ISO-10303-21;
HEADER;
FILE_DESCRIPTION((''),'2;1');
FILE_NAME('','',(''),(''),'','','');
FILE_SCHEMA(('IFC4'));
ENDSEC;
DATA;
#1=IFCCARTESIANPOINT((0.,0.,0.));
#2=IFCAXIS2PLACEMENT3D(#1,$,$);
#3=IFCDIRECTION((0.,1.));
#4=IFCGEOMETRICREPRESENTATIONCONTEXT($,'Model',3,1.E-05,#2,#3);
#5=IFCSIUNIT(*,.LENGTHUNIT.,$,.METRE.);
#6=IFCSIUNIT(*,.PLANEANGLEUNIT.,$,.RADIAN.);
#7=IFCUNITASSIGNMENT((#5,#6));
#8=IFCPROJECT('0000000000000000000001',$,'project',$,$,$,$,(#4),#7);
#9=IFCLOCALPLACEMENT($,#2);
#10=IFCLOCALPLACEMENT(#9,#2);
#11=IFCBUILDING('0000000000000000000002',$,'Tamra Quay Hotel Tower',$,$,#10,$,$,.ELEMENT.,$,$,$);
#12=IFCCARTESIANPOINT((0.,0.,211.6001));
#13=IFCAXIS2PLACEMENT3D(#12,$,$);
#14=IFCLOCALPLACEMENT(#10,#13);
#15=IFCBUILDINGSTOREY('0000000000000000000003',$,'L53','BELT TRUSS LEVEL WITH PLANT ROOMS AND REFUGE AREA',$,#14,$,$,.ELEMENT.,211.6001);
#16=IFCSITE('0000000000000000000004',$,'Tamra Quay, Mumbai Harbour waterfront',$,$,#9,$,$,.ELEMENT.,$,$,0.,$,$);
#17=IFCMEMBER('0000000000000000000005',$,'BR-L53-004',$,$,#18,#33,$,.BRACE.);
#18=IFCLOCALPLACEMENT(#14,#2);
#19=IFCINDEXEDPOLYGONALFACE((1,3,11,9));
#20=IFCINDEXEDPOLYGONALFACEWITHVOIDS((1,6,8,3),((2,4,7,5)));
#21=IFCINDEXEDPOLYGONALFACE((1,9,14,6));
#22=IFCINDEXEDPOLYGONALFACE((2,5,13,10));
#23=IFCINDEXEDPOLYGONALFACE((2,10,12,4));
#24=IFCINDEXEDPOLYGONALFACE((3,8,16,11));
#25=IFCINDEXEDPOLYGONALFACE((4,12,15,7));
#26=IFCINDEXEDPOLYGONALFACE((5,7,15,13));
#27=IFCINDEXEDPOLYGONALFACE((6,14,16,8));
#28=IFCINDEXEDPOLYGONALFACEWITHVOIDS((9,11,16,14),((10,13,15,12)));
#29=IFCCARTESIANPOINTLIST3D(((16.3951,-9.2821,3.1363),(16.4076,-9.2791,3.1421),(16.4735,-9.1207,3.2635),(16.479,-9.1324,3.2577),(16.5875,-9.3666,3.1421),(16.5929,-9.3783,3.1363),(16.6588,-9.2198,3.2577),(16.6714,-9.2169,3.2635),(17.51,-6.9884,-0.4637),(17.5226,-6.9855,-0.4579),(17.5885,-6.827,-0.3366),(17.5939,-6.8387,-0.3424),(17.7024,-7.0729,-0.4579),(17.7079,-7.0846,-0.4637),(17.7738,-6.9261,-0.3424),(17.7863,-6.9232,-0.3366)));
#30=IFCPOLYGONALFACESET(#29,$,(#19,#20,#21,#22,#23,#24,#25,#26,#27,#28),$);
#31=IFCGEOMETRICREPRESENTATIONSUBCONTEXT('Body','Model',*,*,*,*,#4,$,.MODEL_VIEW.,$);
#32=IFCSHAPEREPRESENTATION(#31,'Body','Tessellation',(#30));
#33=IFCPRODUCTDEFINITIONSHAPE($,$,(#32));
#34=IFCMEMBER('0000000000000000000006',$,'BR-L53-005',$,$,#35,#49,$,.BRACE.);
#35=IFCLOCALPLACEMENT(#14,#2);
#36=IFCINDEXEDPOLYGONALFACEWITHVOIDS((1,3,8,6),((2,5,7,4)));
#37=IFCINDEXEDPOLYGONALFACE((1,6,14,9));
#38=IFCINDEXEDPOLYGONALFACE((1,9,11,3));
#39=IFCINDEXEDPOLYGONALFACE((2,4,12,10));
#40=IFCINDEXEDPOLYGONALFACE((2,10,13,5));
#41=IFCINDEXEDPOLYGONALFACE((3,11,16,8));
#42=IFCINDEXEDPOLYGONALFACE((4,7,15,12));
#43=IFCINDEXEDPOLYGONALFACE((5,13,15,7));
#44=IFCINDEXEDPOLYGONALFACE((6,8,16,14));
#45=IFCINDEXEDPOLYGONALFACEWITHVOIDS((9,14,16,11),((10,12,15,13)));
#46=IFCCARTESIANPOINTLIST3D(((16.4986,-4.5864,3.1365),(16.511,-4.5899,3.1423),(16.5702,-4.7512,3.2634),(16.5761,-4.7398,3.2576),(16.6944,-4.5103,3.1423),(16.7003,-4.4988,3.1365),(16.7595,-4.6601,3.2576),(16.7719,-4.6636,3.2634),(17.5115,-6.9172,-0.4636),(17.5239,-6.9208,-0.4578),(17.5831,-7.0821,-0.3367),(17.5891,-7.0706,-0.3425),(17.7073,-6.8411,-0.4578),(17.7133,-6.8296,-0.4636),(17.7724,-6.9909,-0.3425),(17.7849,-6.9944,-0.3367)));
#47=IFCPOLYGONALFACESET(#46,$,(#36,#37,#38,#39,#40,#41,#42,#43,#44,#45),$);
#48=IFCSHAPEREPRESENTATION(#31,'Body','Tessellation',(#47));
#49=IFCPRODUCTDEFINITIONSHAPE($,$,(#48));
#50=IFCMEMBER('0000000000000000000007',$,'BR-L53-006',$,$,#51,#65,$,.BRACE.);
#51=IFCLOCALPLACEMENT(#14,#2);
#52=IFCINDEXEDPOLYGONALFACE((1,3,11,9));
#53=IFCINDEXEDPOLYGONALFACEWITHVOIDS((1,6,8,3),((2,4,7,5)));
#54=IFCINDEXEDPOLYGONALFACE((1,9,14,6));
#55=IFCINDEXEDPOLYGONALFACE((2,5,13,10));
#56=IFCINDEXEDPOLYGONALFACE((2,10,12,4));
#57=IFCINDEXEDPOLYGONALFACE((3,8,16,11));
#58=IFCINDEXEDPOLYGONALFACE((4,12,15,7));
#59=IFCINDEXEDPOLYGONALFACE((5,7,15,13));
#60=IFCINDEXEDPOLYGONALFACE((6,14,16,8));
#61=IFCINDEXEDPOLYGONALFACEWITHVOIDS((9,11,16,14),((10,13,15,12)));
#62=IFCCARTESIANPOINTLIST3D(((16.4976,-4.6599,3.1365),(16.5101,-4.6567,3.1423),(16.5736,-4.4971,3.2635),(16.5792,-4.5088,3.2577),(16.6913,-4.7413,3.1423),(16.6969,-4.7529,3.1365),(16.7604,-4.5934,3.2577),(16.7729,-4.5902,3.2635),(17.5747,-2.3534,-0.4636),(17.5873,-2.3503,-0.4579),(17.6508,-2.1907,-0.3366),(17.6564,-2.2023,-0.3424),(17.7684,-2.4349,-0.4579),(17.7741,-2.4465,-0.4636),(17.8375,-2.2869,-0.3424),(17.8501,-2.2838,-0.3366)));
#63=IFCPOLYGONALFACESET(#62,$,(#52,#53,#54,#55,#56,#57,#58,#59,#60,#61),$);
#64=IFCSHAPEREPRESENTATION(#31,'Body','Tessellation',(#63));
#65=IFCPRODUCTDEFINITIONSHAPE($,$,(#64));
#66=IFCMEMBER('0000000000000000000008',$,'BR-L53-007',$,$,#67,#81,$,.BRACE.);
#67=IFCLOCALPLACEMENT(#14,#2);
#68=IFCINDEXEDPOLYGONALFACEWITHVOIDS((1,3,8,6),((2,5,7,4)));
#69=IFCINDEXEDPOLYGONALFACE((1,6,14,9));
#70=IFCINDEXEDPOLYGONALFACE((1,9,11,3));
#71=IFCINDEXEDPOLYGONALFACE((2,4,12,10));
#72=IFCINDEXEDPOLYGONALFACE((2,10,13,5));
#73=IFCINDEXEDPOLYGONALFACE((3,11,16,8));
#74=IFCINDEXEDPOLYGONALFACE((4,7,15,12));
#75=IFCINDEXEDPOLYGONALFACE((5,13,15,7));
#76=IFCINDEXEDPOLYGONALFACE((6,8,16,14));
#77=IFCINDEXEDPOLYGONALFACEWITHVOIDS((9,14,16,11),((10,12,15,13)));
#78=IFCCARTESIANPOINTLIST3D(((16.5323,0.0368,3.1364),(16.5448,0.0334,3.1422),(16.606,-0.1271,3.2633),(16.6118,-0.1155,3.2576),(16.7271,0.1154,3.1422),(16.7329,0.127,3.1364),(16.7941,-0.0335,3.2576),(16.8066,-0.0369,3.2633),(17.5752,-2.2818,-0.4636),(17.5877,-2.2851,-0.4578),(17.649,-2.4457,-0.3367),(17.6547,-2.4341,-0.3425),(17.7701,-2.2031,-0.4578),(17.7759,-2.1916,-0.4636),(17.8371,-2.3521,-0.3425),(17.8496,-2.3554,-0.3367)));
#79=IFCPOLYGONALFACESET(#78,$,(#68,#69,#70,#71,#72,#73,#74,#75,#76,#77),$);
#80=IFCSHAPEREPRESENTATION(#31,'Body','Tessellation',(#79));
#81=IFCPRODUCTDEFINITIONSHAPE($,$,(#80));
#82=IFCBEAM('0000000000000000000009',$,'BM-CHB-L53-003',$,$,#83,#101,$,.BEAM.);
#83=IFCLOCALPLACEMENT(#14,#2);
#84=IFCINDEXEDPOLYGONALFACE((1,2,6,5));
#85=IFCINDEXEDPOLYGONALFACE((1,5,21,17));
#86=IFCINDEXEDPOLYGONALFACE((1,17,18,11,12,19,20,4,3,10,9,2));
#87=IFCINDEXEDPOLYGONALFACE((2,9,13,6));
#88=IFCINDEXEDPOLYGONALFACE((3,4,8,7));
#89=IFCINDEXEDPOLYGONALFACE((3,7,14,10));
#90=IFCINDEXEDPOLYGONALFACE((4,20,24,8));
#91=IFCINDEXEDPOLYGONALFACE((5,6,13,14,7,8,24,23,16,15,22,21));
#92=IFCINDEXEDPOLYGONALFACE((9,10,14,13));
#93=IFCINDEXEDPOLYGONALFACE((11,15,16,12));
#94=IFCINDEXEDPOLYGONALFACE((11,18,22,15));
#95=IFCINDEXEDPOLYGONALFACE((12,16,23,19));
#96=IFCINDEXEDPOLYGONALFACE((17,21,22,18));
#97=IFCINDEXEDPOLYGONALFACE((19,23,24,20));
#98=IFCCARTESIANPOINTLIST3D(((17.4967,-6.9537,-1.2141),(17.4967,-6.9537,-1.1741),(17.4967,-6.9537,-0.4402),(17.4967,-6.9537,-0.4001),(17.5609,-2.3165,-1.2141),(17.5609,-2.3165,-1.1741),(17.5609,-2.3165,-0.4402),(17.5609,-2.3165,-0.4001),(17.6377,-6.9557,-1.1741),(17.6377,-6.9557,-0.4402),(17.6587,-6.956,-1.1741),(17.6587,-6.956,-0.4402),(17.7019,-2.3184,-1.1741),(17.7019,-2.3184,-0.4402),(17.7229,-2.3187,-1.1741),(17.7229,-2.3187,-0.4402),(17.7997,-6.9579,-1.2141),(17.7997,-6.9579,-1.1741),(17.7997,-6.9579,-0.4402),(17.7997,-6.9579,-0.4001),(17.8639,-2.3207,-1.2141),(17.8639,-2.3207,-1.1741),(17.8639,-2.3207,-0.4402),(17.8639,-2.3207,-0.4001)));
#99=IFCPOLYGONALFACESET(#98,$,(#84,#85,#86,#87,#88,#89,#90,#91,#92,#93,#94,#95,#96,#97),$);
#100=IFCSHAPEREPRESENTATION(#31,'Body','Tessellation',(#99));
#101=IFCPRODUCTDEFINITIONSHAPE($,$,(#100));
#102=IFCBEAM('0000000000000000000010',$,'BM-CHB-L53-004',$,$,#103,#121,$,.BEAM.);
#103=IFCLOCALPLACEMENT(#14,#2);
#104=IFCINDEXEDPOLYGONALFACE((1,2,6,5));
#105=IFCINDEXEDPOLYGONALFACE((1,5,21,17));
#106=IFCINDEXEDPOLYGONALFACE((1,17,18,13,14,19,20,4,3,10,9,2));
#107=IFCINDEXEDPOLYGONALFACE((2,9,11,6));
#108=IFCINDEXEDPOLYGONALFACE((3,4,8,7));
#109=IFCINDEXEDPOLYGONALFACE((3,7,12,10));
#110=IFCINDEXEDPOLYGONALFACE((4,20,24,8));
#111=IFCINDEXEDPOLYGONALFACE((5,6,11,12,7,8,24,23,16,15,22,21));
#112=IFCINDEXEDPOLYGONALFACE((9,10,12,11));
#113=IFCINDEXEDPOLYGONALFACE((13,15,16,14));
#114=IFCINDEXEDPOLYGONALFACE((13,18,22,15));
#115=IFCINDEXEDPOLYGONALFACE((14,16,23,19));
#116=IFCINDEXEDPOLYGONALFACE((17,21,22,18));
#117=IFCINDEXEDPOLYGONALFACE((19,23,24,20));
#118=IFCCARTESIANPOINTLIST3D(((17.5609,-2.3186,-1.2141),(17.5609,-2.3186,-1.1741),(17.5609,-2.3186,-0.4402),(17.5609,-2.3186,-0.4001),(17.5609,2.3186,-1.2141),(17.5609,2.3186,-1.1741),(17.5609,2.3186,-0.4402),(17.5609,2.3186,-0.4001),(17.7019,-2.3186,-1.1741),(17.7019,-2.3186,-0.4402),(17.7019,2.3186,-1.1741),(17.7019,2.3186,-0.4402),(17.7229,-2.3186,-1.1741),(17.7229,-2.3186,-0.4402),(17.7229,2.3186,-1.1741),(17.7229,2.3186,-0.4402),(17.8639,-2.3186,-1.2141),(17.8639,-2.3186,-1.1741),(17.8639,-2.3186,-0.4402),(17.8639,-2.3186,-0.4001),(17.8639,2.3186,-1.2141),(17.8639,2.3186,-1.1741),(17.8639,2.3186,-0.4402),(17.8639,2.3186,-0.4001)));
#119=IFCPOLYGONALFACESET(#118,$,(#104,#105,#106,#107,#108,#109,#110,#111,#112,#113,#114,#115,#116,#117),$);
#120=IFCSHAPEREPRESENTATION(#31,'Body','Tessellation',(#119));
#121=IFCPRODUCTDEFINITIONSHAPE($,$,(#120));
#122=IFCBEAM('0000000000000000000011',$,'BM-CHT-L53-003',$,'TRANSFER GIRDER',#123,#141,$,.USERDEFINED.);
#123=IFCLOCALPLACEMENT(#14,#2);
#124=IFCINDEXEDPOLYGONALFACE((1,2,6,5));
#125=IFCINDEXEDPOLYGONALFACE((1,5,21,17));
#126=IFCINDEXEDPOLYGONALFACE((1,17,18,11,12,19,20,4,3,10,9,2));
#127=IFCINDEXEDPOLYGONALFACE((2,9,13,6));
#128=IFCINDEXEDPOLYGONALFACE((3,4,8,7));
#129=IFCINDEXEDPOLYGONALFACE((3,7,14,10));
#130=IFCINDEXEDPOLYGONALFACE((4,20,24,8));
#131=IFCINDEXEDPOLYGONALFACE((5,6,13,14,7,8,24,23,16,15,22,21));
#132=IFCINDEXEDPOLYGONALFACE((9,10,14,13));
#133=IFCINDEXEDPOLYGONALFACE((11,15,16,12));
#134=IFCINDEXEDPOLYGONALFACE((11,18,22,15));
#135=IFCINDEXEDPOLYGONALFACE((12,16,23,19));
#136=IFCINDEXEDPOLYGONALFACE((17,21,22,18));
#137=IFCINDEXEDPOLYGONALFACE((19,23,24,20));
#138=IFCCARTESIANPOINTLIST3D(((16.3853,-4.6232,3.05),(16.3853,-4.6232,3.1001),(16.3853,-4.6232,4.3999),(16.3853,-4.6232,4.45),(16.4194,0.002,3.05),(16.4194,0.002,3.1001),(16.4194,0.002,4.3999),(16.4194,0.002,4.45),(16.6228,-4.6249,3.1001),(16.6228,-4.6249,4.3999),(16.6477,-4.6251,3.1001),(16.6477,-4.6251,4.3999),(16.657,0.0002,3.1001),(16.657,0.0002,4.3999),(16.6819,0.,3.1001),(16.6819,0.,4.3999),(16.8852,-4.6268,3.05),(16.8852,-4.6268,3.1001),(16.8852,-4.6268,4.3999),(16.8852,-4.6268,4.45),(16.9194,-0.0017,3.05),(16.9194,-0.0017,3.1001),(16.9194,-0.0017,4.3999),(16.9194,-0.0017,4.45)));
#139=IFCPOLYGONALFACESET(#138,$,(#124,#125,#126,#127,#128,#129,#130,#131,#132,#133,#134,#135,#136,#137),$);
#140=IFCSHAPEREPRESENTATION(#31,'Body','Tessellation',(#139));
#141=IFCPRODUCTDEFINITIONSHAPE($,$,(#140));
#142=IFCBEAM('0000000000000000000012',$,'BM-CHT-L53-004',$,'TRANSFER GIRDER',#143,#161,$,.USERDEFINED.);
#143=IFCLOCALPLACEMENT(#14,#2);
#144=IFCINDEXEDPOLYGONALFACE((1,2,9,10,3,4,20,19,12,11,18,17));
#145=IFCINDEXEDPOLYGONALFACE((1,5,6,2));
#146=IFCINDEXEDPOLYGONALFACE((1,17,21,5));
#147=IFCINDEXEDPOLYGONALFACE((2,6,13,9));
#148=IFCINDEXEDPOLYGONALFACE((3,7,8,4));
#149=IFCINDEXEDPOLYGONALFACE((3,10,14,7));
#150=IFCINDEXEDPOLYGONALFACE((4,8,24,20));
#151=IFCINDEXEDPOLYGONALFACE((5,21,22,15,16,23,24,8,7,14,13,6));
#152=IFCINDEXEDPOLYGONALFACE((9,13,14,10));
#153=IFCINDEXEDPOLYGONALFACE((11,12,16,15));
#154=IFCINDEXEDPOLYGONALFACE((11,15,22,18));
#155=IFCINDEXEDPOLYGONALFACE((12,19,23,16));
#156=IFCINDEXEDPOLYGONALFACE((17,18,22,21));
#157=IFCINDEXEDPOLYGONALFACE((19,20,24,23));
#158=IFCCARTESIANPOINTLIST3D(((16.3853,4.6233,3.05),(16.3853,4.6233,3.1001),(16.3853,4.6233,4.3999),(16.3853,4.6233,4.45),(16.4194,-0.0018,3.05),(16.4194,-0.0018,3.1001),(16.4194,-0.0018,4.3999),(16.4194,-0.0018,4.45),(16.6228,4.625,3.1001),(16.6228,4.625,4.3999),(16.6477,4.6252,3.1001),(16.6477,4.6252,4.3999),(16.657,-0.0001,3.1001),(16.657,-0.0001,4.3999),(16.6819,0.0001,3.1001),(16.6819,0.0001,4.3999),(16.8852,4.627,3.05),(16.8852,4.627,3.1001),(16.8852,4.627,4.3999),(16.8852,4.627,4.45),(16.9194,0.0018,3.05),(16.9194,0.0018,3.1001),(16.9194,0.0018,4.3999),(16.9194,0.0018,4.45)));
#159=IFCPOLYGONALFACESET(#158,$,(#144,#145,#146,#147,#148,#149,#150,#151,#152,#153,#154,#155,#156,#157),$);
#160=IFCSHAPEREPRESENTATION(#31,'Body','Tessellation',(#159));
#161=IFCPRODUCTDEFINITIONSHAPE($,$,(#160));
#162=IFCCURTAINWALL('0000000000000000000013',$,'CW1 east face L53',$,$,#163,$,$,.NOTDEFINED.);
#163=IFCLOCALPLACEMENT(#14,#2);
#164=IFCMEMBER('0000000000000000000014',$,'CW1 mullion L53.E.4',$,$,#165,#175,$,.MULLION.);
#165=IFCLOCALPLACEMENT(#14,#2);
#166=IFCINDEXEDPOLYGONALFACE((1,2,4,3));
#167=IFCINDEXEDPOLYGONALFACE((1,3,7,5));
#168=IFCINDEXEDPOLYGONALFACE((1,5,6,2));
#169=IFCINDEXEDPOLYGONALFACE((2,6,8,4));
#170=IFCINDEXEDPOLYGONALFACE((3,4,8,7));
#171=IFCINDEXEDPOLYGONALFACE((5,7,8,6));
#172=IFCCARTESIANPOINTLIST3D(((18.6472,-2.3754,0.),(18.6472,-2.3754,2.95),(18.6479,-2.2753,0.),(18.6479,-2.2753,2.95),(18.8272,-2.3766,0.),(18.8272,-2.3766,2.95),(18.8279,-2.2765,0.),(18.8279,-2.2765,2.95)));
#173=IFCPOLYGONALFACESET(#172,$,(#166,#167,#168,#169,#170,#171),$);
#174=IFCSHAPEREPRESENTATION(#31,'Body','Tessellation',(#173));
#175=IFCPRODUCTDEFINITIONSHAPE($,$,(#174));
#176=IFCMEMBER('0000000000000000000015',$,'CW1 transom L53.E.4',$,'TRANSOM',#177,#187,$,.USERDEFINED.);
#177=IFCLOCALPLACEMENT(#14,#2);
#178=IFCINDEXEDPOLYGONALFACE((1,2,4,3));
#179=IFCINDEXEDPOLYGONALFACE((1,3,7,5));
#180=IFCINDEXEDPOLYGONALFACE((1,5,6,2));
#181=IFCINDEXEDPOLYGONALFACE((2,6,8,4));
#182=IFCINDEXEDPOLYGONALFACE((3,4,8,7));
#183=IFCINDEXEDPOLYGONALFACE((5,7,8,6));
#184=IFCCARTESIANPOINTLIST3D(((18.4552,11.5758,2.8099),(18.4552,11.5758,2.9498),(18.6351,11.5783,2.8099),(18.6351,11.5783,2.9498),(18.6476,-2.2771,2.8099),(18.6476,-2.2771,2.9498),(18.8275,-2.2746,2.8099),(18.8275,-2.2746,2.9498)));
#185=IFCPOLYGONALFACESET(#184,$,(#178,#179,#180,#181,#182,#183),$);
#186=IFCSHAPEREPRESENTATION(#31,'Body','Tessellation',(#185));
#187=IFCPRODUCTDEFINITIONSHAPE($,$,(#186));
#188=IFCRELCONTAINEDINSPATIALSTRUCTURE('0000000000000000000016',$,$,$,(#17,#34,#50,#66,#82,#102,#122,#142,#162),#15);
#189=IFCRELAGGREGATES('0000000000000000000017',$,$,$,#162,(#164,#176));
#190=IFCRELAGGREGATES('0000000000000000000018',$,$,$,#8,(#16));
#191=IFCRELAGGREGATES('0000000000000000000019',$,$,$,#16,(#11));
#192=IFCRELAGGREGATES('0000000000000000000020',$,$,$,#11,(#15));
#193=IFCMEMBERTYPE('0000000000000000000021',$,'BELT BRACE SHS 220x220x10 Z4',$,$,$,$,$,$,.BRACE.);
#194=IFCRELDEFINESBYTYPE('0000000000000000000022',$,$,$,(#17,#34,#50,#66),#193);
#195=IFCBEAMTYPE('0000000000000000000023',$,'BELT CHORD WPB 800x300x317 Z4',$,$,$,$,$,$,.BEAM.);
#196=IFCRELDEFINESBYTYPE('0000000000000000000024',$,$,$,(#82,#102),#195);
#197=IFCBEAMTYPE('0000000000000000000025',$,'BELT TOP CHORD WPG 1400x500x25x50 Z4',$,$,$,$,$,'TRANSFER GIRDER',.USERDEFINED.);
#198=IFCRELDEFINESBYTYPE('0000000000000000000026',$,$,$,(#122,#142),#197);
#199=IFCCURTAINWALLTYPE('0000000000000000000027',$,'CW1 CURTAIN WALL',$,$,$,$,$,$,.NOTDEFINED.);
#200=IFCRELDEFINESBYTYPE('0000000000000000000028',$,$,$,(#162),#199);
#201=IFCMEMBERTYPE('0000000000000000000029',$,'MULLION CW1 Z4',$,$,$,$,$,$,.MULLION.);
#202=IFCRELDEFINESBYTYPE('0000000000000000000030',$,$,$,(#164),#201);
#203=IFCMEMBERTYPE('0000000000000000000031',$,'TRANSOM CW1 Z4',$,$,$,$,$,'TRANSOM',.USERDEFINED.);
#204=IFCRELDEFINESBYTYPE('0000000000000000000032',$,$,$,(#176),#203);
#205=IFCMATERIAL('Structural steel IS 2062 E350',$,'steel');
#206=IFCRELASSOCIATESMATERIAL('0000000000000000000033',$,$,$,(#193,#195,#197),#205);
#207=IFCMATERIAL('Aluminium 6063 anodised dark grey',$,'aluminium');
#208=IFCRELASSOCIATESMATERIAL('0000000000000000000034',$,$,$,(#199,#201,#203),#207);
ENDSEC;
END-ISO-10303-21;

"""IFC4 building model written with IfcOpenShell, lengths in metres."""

from ifc_helpers import new_model, si_unit, direction, frame, origin, origin_2d, place, context, subcontext, project, spatial, rectangle, hollow_rectangle, i_section, extrude, material, material_profile, profile_set, type_object, element, aggregate, save


model = new_model("IFC4")

# Units and contexts
model_context = context("Model", 3, precision=1e-05, world=origin(), true_north=direction((0.0, 1.0)))
body_context = subcontext(model_context, "Body", "Model", "MODEL_VIEW")
ifc_project = project(units=[si_unit("LENGTHUNIT", "METRE"), si_unit("PLANEANGLEUNIT", "RADIAN")], contexts=[model_context])

# Site, building, storey
site_placement = place(None, origin())
site = spatial("IfcSite", under=ifc_project, at=site_placement, Name="Tamra Quay, Mumbai Harbour waterfront", CompositionType="ELEMENT", RefElevation=0.0)
building_placement = place(site_placement, origin())
building = spatial("IfcBuilding", under=site, at=building_placement, Name="Tamra Quay Hotel Tower", CompositionType="ELEMENT")
storey_placement = place(building_placement, frame((0.0, 0.0, 211.6001)))
storey = spatial("IfcBuildingStorey", under=building, at=storey_placement, Name="L53", Description="BELT TRUSS LEVEL WITH PLANT ROOMS AND REFUGE AREA", CompositionType="ELEMENT", Elevation=211.6001)

# Members
ifc_material_1 = material(Name="Structural steel IS 2062 E350", Category="steel")
ifc_material_profile_1 = material_profile(ifc_material_1, hollow_rectangle(XDim=0.22, YDim=0.22, WallThickness=0.01, at=origin_2d()), Name="SHS 220x220x10")
ifc_profile_set_1 = profile_set([ifc_material_profile_1], Name="Structural steel IS 2062 E350")
member_type_1 = type_object("IfcMemberType", Name="BELT BRACE SHS 220x220x10 Z4", PredefinedType="BRACE", material=ifc_profile_set_1)
member_1_placement = place(storey_placement, frame((17.6482, -6.9558, -0.4001), z_axis=(-0.252723, -0.519888, 0.815995), x_axis=(0.899368, -0.437192, 0.0)))
element("IfcMember", 1, at=member_1_placement, inside=storey, type_object=member_type_1, Name="BR-L53-004", PredefinedType="BRACE", context=body_context, shape_type="SweptSolid", body=[
    extrude(hollow_rectangle(XDim=0.22, YDim=0.22, WallThickness=0.01, at=origin_2d()), origin(), (0.0, 0.0, 1.0), 4.4119),
])
member_2_placement = place(storey_placement, frame((17.6482, -6.9558, -0.4001), z_axis=(-0.229861, 0.528919, 0.816951), x_axis=(-0.917136, -0.398575, 0.0)))
element("IfcMember", 2, at=member_2_placement, inside=storey, type_object=member_type_1, Name="BR-L53-005", PredefinedType="BRACE", context=body_context, shape_type="SweptSolid", body=[
    extrude(hollow_rectangle(XDim=0.22, YDim=0.22, WallThickness=0.01, at=origin_2d()), origin(), (0.0, 0.0, 1.0), 4.4067),
])
member_3_placement = place(storey_placement, frame((17.7124, -2.3186, -0.4001), z_axis=(-0.2443, -0.523096, 0.81651), x_axis=(0.906058, -0.423153, 0.0)))
element("IfcMember", 3, at=member_3_placement, inside=storey, type_object=member_type_1, Name="BR-L53-006", PredefinedType="BRACE", context=body_context, shape_type="SweptSolid", body=[
    extrude(hollow_rectangle(XDim=0.22, YDim=0.22, WallThickness=0.01, at=origin_2d()), origin(), (0.0, 0.0, 1.0), 4.4092),
])
member_4_placement = place(storey_placement, frame((17.7124, -2.3186, -0.4001), z_axis=(-0.236645, 0.526081, 0.816846), x_axis=(-0.911981, -0.410233, 0.0)))
element("IfcMember", 4, at=member_4_placement, inside=storey, type_object=member_type_1, Name="BR-L53-007", PredefinedType="BRACE", context=body_context, shape_type="SweptSolid", body=[
    extrude(hollow_rectangle(XDim=0.22, YDim=0.22, WallThickness=0.01, at=origin_2d()), origin(), (0.0, 0.0, 1.0), 4.4072),
])

# Beams
ifc_material_profile_2 = material_profile(ifc_material_1, i_section(OverallWidth=0.303, OverallDepth=0.814, WebThickness=0.021, FlangeThickness=0.04, at=origin_2d()), Name="WPB 800x300x317")
ifc_profile_set_2 = profile_set([ifc_material_profile_2], Name="Structural steel IS 2062 E350")
beam_type_1 = type_object("IfcBeamType", Name="BELT CHORD WPB 800x300x317 Z4", PredefinedType="BEAM", material=ifc_profile_set_2)
beam_1_placement = place(storey_placement, frame((17.6482, -6.9558, -0.8071), z_axis=(0.013845, 0.999904, 0.0), x_axis=(-0.999904, 0.013845, 0.0)))
element("IfcBeam", 5, at=beam_1_placement, inside=storey, type_object=beam_type_1, Name="BM-CHB-L53-003", PredefinedType="BEAM", context=body_context, shape_type="SweptSolid", body=[
    extrude(i_section(OverallWidth=0.303, OverallDepth=0.814, WebThickness=0.021, FlangeThickness=0.04, at=origin_2d()), origin(), (0.0, 0.0, 1.0), 4.6377),
])
beam_2_placement = place(storey_placement, frame((17.7124, -2.3186, -0.8071), z_axis=(0.0, 1.0, 0.0), x_axis=(-1.0, 0.0, 0.0)))
element("IfcBeam", 6, at=beam_2_placement, inside=storey, type_object=beam_type_1, Name="BM-CHB-L53-004", PredefinedType="BEAM", context=body_context, shape_type="SweptSolid", body=[
    extrude(i_section(OverallWidth=0.303, OverallDepth=0.814, WebThickness=0.021, FlangeThickness=0.04, at=origin_2d()), origin(), (0.0, 0.0, 1.0), 4.6372),
])
ifc_material_profile_3 = material_profile(ifc_material_1, i_section(OverallWidth=0.5, OverallDepth=1.3999, WebThickness=0.0249, FlangeThickness=0.05, at=origin_2d()), Name="WPG 1400x500x25x50")
ifc_profile_set_3 = profile_set([ifc_material_profile_3], Name="Structural steel IS 2062 E350")
beam_type_2 = type_object("IfcBeamType", Name="BELT TOP CHORD WPG 1400x500x25x50 Z4", ElementType="TRANSFER GIRDER", PredefinedType="USERDEFINED", material=ifc_profile_set_3)
for number, where, z_axis, x_axis, name in (
    (7, (16.6353, -4.625, 3.75), (0.00739, 0.999973, 0.0), (-0.999973, 0.00739, 0.0), "BM-CHT-L53-003"),
    (8, (16.6694, 0.0, 3.75), (-0.00739, 0.999973, 0.0), (-0.999973, -0.00739, 0.0), "BM-CHT-L53-004"),
):
    element("IfcBeam", number, at=place(storey_placement, frame(where, z_axis=z_axis, x_axis=x_axis)), inside=storey, type_object=beam_type_2, Name=name, ObjectType="TRANSFER GIRDER", PredefinedType="USERDEFINED", context=body_context, shape_type="SweptSolid", body=[
        extrude(i_section(OverallWidth=0.5, OverallDepth=1.3999, WebThickness=0.0249, FlangeThickness=0.05, at=origin_2d()), origin(), (0.0, 0.0, 1.0), 4.6252),
    ])

# Curtain wall, members
ifc_material_2 = material(Name="Aluminium 6063 anodised dark grey", Category="aluminium")
curtain_wall_type = type_object("IfcCurtainWallType", Name="CW1 CURTAIN WALL", PredefinedType="NOTDEFINED", material=ifc_material_2)
curtain_wall_placement = place(storey_placement, origin())
curtain_wall = element("IfcCurtainWall", 9, at=curtain_wall_placement, inside=storey, type_object=curtain_wall_type, Name="CW1 east face L53", PredefinedType="NOTDEFINED")
ifc_material_profile_4 = material_profile(ifc_material_2, rectangle(XDim=0.1799, YDim=0.1001, at=origin_2d()), Name="MULLION 100X180")
ifc_profile_set_4 = profile_set([ifc_material_profile_4], Name="Aluminium 6063 anodised dark grey")
member_type_2 = type_object("IfcMemberType", Name="MULLION CW1 Z4", PredefinedType="MULLION", material=ifc_profile_set_4)
member_5_placement = place(storey_placement, frame((18.7375, -2.3259, 0.0), z_axis=(0.0, 0.0, 1.0), x_axis=(0.999976, -0.006943, 0.0)))
member_5 = element("IfcMember", 10, at=member_5_placement, type_object=member_type_2, Name="CW1 mullion L53.E.4", PredefinedType="MULLION", context=body_context, shape_type="SweptSolid", body=[
    extrude(rectangle(XDim=0.1799, YDim=0.1001, at=origin_2d()), origin(), (0.0, 0.0, 1.0), 2.95),
])
ifc_material_profile_5 = material_profile(ifc_material_2, rectangle(XDim=0.1799, YDim=0.1399, at=origin_2d()), Name="TRANSOM 180X140")
ifc_profile_set_5 = profile_set([ifc_material_profile_5], Name="Aluminium 6063 anodised dark grey")
member_type_3 = type_object("IfcMemberType", Name="TRANSOM CW1 Z4", ElementType="TRANSOM", PredefinedType="USERDEFINED", material=ifc_profile_set_5)
member_6_placement = place(storey_placement, frame((18.7375, -2.2759, 2.8799), z_axis=(-0.013886, 0.999904, 0.0), x_axis=(-0.999904, -0.013886, 0.0)))
member_6 = element("IfcMember", 11, at=member_6_placement, type_object=member_type_3, Name="CW1 transom L53.E.4", ObjectType="TRANSOM", PredefinedType="USERDEFINED", context=body_context, shape_type="SweptSolid", body=[
    extrude(rectangle(XDim=0.1799, YDim=0.1399, at=origin_2d()), origin(), (0.0, 0.0, 1.0), 13.8542),
])

aggregate(curtain_wall, [member_5, member_6])

save(model, "model.ifc")
